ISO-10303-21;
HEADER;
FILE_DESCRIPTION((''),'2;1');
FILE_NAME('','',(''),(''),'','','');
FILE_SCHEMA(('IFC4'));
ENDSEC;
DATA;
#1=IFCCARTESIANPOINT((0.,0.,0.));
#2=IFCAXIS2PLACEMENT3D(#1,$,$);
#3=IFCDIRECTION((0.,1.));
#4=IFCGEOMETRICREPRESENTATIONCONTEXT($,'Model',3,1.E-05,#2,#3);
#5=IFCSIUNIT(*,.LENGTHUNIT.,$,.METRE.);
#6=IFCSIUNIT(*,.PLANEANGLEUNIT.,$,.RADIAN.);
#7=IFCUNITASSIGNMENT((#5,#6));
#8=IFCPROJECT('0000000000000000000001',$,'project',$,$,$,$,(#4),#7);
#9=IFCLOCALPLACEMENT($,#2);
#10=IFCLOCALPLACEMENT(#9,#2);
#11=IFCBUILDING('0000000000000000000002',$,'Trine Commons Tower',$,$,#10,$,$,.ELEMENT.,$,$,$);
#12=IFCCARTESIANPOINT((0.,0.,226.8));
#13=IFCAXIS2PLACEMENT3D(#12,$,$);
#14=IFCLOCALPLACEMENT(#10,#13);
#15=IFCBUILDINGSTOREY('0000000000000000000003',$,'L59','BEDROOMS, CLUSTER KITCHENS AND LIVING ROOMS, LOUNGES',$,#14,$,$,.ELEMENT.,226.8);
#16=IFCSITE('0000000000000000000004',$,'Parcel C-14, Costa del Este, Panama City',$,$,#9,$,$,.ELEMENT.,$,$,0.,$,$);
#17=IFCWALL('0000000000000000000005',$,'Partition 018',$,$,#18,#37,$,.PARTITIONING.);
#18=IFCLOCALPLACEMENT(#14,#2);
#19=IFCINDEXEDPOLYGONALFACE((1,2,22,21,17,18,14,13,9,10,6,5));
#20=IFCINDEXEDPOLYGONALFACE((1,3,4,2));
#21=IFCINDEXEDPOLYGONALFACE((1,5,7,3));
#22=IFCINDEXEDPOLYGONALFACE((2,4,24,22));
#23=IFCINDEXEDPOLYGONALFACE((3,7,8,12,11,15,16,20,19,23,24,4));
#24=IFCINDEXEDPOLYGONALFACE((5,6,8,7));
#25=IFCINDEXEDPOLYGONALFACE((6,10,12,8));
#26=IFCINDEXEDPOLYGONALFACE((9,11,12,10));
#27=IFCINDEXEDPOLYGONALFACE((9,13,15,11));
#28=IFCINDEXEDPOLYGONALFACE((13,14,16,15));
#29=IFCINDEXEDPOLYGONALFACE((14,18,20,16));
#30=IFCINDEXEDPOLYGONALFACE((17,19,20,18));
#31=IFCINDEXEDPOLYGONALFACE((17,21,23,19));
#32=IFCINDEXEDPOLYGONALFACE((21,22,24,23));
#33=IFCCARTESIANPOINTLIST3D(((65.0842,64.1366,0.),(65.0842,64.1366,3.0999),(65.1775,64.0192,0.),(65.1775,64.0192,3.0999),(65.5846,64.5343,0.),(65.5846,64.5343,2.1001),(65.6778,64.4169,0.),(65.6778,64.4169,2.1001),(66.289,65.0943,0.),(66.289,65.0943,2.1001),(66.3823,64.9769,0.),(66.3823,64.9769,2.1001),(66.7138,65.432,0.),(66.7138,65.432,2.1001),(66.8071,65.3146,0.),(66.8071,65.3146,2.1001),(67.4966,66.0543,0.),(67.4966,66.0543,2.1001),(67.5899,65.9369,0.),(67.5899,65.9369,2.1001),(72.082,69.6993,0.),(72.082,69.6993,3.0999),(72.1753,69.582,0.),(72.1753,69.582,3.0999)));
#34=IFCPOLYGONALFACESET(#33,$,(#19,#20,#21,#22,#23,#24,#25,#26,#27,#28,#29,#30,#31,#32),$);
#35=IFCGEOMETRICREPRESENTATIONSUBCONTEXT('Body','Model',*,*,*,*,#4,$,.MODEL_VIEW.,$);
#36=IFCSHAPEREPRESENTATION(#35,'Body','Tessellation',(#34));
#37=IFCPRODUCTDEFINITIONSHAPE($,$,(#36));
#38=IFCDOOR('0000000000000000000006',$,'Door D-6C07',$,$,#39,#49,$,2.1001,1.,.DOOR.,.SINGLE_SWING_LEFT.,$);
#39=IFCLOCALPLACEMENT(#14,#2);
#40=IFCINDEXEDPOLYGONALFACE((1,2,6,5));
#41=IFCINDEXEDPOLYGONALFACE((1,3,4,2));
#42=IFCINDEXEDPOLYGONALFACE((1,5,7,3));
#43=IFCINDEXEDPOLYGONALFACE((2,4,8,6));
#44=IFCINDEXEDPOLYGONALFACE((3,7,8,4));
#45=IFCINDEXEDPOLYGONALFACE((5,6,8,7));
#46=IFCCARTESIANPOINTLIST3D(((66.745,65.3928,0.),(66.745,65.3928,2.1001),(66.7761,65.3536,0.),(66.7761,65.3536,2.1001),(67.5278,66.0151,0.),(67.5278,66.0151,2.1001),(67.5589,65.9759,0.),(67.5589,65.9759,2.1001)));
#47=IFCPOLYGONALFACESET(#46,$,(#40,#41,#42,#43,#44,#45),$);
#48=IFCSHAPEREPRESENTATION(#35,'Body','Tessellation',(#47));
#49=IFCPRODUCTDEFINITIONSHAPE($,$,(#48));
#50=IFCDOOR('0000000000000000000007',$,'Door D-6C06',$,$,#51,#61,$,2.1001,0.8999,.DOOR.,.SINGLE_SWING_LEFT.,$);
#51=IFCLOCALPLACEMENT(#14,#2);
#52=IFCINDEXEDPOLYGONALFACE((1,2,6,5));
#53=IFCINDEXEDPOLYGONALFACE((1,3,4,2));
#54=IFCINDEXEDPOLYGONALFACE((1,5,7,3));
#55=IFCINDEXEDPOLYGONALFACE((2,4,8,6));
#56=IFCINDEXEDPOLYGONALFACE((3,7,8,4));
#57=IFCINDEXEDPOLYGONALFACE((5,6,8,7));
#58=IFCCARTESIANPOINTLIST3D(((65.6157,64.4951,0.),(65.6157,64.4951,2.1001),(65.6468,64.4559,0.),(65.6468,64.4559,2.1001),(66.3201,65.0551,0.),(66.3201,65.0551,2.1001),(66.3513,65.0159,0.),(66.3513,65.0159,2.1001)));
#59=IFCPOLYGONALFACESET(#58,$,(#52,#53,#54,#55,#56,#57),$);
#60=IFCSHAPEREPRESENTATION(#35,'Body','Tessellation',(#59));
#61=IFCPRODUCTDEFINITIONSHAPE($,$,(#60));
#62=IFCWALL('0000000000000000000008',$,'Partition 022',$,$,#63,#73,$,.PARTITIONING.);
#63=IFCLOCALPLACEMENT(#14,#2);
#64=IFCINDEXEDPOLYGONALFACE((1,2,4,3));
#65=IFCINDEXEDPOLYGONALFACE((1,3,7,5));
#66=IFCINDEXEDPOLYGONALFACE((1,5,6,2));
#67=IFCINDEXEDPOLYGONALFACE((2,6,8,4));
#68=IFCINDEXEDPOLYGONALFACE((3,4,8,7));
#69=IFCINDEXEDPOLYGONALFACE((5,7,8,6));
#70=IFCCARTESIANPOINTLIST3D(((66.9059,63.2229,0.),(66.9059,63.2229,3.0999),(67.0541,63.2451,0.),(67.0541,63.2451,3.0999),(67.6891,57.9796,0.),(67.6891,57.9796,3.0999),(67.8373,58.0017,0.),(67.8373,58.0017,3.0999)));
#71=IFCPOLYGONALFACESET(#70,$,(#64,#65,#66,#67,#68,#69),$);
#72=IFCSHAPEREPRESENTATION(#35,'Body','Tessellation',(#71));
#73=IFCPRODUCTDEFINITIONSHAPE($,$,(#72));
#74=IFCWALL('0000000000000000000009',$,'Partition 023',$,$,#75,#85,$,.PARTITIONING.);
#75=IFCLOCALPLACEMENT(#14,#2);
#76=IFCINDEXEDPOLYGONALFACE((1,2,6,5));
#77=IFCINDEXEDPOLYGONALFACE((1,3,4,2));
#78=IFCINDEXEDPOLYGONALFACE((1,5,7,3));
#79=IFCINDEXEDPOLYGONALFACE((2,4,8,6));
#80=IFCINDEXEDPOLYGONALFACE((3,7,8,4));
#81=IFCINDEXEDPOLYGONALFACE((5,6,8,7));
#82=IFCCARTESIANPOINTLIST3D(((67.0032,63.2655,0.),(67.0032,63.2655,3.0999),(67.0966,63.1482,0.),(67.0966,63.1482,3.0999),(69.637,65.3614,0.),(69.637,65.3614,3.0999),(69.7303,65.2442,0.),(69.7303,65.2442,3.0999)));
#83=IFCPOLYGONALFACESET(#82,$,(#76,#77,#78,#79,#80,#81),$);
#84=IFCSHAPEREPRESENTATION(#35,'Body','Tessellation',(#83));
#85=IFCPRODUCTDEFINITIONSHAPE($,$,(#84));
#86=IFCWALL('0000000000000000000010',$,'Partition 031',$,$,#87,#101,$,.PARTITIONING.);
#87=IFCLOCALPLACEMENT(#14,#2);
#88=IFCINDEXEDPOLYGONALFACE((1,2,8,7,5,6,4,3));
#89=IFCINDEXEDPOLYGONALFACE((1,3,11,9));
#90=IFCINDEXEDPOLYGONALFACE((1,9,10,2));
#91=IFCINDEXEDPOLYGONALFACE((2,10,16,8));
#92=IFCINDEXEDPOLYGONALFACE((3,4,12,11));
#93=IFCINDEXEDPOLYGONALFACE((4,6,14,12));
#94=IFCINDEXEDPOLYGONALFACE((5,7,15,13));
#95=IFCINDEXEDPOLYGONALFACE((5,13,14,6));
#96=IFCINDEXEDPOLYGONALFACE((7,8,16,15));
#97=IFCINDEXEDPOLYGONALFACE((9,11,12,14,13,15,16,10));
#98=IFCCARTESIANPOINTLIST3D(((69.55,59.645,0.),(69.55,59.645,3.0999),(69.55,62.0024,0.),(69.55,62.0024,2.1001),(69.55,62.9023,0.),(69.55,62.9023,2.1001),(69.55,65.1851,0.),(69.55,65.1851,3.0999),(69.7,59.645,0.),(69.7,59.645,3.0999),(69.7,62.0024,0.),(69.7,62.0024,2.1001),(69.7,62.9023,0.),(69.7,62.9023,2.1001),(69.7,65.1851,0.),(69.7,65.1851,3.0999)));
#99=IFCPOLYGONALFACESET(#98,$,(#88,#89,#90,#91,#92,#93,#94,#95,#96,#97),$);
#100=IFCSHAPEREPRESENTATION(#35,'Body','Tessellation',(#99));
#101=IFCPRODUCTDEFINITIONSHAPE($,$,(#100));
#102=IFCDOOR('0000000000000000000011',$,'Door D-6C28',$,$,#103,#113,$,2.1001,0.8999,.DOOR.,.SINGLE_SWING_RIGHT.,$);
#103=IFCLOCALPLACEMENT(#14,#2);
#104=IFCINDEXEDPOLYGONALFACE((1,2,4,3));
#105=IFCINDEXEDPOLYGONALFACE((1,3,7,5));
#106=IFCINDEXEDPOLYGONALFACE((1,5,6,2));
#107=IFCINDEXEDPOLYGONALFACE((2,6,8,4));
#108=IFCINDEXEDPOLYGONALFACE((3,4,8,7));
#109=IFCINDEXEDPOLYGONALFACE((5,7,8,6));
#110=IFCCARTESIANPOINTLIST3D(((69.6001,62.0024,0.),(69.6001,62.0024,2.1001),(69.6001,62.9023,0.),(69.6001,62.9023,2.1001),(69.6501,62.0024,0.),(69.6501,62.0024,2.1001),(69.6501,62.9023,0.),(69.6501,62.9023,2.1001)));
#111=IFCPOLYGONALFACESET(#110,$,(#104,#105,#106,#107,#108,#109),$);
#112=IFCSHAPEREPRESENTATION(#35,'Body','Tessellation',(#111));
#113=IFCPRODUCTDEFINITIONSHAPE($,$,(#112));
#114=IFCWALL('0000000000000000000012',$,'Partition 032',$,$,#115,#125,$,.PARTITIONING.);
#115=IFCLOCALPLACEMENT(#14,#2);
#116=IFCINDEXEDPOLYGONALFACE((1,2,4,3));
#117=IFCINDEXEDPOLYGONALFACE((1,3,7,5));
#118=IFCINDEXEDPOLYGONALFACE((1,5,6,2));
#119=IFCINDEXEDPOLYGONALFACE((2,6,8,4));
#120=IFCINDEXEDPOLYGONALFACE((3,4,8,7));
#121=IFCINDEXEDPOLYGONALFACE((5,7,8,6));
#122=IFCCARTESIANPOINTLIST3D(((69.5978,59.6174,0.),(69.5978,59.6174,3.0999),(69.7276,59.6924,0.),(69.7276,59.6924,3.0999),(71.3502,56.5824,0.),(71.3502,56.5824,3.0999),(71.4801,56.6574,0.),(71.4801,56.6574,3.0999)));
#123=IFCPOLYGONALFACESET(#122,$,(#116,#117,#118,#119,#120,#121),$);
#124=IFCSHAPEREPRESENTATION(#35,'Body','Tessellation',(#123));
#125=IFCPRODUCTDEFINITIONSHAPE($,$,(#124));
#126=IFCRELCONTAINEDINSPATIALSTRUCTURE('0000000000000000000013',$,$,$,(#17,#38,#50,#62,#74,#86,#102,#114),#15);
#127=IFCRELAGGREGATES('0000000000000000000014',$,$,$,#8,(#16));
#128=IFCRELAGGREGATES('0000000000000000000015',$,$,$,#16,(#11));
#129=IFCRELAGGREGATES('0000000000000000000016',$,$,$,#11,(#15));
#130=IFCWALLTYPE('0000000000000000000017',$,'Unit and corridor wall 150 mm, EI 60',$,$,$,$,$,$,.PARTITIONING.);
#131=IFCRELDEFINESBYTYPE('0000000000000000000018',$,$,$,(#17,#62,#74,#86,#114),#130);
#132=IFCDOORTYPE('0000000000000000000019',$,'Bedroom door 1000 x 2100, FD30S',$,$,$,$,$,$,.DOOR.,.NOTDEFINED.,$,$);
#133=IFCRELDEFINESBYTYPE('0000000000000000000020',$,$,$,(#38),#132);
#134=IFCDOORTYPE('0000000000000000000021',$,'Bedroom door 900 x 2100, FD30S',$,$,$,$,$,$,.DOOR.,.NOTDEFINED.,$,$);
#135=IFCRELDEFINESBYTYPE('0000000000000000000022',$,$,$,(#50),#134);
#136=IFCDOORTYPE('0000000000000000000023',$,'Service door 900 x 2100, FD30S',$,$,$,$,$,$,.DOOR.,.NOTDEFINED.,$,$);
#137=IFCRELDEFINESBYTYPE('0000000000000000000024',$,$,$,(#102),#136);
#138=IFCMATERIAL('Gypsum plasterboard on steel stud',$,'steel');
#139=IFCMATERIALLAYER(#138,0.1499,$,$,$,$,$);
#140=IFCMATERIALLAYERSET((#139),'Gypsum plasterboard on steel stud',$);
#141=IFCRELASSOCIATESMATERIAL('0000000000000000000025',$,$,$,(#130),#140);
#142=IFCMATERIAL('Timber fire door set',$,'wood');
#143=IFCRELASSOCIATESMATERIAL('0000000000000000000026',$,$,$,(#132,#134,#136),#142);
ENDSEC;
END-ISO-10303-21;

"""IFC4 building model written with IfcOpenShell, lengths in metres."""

from ifc_helpers import new_model, si_unit, direction, frame, frame_2d, origin, place, context, subcontext, project, spatial, rectangle, extrude, material, layer, layer_set, type_object, element, fill, save


model = new_model("IFC4")

# Units and contexts
model_context = context("Model", 3, precision=1e-05, world=origin(), true_north=direction((0.0, 1.0)))
body_context = subcontext(model_context, "Body", "Model", "MODEL_VIEW")
ifc_project = project(units=[si_unit("LENGTHUNIT", "METRE"), si_unit("PLANEANGLEUNIT", "RADIAN")], contexts=[model_context])

# Site, building, storey
site_placement = place(None, origin())
site = spatial("IfcSite", under=ifc_project, at=site_placement, Name="Parcel C-14, Costa del Este, Panama City", CompositionType="ELEMENT", RefElevation=0.0)
building_placement = place(site_placement, origin())
building = spatial("IfcBuilding", under=site, at=building_placement, Name="Trine Commons Tower", CompositionType="ELEMENT")
storey_placement = place(building_placement, frame((0.0, 0.0, 226.8)))
storey = spatial("IfcBuildingStorey", under=building, at=storey_placement, Name="L59", Description="BEDROOMS, CLUSTER KITCHENS AND LIVING ROOMS, LOUNGES", CompositionType="ELEMENT", Elevation=226.8)

# Shared definitions
ifc_material_1 = material(Name="Gypsum plasterboard on steel stud", Category="steel")
ifc_layer_1 = layer(ifc_material_1, 0.1499)
ifc_layer_set_1 = layer_set([ifc_layer_1], Name="Gypsum plasterboard on steel stud")
wall_type_1 = type_object("IfcWallType", Name="Unit and corridor wall 150 mm, EI 60", PredefinedType="PARTITIONING", material=ifc_layer_set_1)
ifc_material_2 = material(Name="Timber fire door set", Category="wood")

# Wall, openings, doors
wall_1_placement = place(storey_placement, frame((65.1309, 64.0779, 0.0), z_axis=(0.0, 0.0, 1.0), x_axis=(0.782802, 0.622271, 0.0)))
wall_1 = element("IfcWall", 1, at=wall_1_placement, inside=storey, type_object=wall_type_1, Name="Partition 018", PredefinedType="PARTITIONING", context=body_context, shape_type="SweptSolid", body=[
    extrude(rectangle(XDim=8.9395, YDim=0.1499, at=frame_2d((4.4697, 0.0))), origin(), (0.0, 0.0, 1.0), 3.0999),
])
opening_1_placement = place(wall_1_placement, frame((0.6392, 0.0, 0.0)))
opening_1 = element("IfcOpeningElement", 2, at=opening_1_placement, cuts=wall_1, PredefinedType="OPENING", context=body_context, shape_type="SweptSolid", body=[
    extrude(rectangle(XDim=0.8999, YDim=2.1001, at=frame_2d((0.45, 1.05))), frame((0.0, 0.085, 0.0), z_axis=(0.0, -1.0, 0.0), x_axis=(1.0, 0.0, 0.0)), (0.0, 0.0, 1.0), 0.1699),
])
opening_2_placement = place(wall_1_placement, frame((2.0818, 0.0, 0.0)))
opening_2 = element("IfcOpeningElement", 3, at=opening_2_placement, cuts=wall_1, PredefinedType="OPENING", context=body_context, shape_type="SweptSolid", body=[
    extrude(rectangle(XDim=1.0, YDim=2.1001, at=frame_2d((0.5, 1.05))), frame((0.0, 0.085, 0.0), z_axis=(0.0, -1.0, 0.0), x_axis=(1.0, 0.0, 0.0)), (0.0, 0.0, 1.0), 0.1699),
])
door_type_1 = type_object("IfcDoorType", Name="Bedroom door 1000 x 2100, FD30S", OperationType="NOTDEFINED", PredefinedType="DOOR", material=ifc_material_2)
door_1_placement = place(opening_2_placement, origin())
door_1 = element("IfcDoor", 4, at=door_1_placement, inside=storey, type_object=door_type_1, Name="Door D-6C07", OperationType="SINGLE_SWING_LEFT", OverallHeight=2.1001, OverallWidth=1.0, PredefinedType="DOOR", context=body_context, shape_type="SweptSolid", body=[
    extrude(rectangle(XDim=1.0, YDim=2.1001, at=frame_2d((0.5, 1.05))), frame((0.0, 0.0249, 0.0), z_axis=(0.0, -1.0, 0.0), x_axis=(1.0, 0.0, 0.0)), (0.0, 0.0, 1.0), 0.05),
])
fill(opening_2, door_1)
door_type_2 = type_object("IfcDoorType", Name="Bedroom door 900 x 2100, FD30S", OperationType="NOTDEFINED", PredefinedType="DOOR", material=ifc_material_2)
door_2_placement = place(opening_1_placement, origin())
door_2 = element("IfcDoor", 5, at=door_2_placement, inside=storey, type_object=door_type_2, Name="Door D-6C06", OperationType="SINGLE_SWING_LEFT", OverallHeight=2.1001, OverallWidth=0.8999, PredefinedType="DOOR", context=body_context, shape_type="SweptSolid", body=[
    extrude(rectangle(XDim=0.8999, YDim=2.1001, at=frame_2d((0.45, 1.05))), frame((0.0, 0.0249, 0.0), z_axis=(0.0, -1.0, 0.0), x_axis=(1.0, 0.0, 0.0)), (0.0, 0.0, 1.0), 0.05),
])
fill(opening_1, door_2)

# Walls
wall_2_placement = place(storey_placement, frame((66.98, 63.2341, 0.0), z_axis=(0.0, 0.0, 1.0), x_axis=(0.14773, -0.989028, 0.0)))
element("IfcWall", 6, at=wall_2_placement, inside=storey, type_object=wall_type_1, Name="Partition 022", PredefinedType="PARTITIONING", context=body_context, shape_type="SweptSolid", body=[
    extrude(rectangle(XDim=5.3015, YDim=0.1499, at=frame_2d((2.6509, 0.0))), origin(), (0.0, 0.0, 1.0), 3.0999),
])
wall_3_placement = place(storey_placement, frame((67.0498, 63.2068, 0.0), z_axis=(0.0, 0.0, 1.0), x_axis=(0.782473, 0.622685, 0.0)))
element("IfcWall", 7, at=wall_3_placement, inside=storey, type_object=wall_type_1, Name="Partition 023", PredefinedType="PARTITIONING", context=body_context, shape_type="SweptSolid", body=[
    extrude(rectangle(XDim=3.366, YDim=0.1499, at=frame_2d((1.6831, 0.0))), origin(), (0.0, 0.0, 1.0), 3.0999),
])

# Wall, opening, door
wall_4_placement = place(storey_placement, frame((69.625, 59.645, 0.0), z_axis=(0.0, 0.0, 1.0), x_axis=(0.0, 1.0, 0.0)))
wall_4 = element("IfcWall", 8, at=wall_4_placement, inside=storey, type_object=wall_type_1, Name="Partition 031", PredefinedType="PARTITIONING", context=body_context, shape_type="SweptSolid", body=[
    extrude(rectangle(XDim=5.54, YDim=0.1499, at=frame_2d((2.77, 0.0))), origin(), (0.0, 0.0, 1.0), 3.0999),
])
opening_3_placement = place(wall_4_placement, frame((2.3574, 0.0, 0.0)))
opening_3 = element("IfcOpeningElement", 9, at=opening_3_placement, cuts=wall_4, PredefinedType="OPENING", context=body_context, shape_type="SweptSolid", body=[
    extrude(rectangle(XDim=0.8999, YDim=2.1001, at=frame_2d((0.45, 1.05))), frame((0.0, 0.085, 0.0), z_axis=(0.0, -1.0, 0.0), x_axis=(1.0, 0.0, 0.0)), (0.0, 0.0, 1.0), 0.1699),
])
door_type_3 = type_object("IfcDoorType", Name="Service door 900 x 2100, FD30S", OperationType="NOTDEFINED", PredefinedType="DOOR", material=ifc_material_2)
door_3_placement = place(opening_3_placement, origin())
door_3 = element("IfcDoor", 10, at=door_3_placement, inside=storey, type_object=door_type_3, Name="Door D-6C28", OperationType="SINGLE_SWING_RIGHT", OverallHeight=2.1001, OverallWidth=0.8999, PredefinedType="DOOR", context=body_context, shape_type="SweptSolid", body=[
    extrude(rectangle(XDim=0.8999, YDim=2.1001, at=frame_2d((0.45, 1.05))), frame((0.0, 0.0249, 0.0), z_axis=(0.0, -1.0, 0.0), x_axis=(1.0, 0.0, 0.0)), (0.0, 0.0, 1.0), 0.05),
])
fill(opening_3, door_3)

# Wall
wall_5_placement = place(storey_placement, frame((69.6626, 59.655, 0.0), z_axis=(0.0, 0.0, 1.0), x_axis=(0.50005, -0.865996, 0.0)))
element("IfcWall", 11, at=wall_5_placement, inside=storey, type_object=wall_type_1, Name="Partition 032", PredefinedType="PARTITIONING", context=body_context, shape_type="SweptSolid", body=[
    extrude(rectangle(XDim=3.5046, YDim=0.1499, at=frame_2d((1.7524, 0.0))), origin(), (0.0, 0.0, 1.0), 3.0999),
])

save(model, "model.ifc")
